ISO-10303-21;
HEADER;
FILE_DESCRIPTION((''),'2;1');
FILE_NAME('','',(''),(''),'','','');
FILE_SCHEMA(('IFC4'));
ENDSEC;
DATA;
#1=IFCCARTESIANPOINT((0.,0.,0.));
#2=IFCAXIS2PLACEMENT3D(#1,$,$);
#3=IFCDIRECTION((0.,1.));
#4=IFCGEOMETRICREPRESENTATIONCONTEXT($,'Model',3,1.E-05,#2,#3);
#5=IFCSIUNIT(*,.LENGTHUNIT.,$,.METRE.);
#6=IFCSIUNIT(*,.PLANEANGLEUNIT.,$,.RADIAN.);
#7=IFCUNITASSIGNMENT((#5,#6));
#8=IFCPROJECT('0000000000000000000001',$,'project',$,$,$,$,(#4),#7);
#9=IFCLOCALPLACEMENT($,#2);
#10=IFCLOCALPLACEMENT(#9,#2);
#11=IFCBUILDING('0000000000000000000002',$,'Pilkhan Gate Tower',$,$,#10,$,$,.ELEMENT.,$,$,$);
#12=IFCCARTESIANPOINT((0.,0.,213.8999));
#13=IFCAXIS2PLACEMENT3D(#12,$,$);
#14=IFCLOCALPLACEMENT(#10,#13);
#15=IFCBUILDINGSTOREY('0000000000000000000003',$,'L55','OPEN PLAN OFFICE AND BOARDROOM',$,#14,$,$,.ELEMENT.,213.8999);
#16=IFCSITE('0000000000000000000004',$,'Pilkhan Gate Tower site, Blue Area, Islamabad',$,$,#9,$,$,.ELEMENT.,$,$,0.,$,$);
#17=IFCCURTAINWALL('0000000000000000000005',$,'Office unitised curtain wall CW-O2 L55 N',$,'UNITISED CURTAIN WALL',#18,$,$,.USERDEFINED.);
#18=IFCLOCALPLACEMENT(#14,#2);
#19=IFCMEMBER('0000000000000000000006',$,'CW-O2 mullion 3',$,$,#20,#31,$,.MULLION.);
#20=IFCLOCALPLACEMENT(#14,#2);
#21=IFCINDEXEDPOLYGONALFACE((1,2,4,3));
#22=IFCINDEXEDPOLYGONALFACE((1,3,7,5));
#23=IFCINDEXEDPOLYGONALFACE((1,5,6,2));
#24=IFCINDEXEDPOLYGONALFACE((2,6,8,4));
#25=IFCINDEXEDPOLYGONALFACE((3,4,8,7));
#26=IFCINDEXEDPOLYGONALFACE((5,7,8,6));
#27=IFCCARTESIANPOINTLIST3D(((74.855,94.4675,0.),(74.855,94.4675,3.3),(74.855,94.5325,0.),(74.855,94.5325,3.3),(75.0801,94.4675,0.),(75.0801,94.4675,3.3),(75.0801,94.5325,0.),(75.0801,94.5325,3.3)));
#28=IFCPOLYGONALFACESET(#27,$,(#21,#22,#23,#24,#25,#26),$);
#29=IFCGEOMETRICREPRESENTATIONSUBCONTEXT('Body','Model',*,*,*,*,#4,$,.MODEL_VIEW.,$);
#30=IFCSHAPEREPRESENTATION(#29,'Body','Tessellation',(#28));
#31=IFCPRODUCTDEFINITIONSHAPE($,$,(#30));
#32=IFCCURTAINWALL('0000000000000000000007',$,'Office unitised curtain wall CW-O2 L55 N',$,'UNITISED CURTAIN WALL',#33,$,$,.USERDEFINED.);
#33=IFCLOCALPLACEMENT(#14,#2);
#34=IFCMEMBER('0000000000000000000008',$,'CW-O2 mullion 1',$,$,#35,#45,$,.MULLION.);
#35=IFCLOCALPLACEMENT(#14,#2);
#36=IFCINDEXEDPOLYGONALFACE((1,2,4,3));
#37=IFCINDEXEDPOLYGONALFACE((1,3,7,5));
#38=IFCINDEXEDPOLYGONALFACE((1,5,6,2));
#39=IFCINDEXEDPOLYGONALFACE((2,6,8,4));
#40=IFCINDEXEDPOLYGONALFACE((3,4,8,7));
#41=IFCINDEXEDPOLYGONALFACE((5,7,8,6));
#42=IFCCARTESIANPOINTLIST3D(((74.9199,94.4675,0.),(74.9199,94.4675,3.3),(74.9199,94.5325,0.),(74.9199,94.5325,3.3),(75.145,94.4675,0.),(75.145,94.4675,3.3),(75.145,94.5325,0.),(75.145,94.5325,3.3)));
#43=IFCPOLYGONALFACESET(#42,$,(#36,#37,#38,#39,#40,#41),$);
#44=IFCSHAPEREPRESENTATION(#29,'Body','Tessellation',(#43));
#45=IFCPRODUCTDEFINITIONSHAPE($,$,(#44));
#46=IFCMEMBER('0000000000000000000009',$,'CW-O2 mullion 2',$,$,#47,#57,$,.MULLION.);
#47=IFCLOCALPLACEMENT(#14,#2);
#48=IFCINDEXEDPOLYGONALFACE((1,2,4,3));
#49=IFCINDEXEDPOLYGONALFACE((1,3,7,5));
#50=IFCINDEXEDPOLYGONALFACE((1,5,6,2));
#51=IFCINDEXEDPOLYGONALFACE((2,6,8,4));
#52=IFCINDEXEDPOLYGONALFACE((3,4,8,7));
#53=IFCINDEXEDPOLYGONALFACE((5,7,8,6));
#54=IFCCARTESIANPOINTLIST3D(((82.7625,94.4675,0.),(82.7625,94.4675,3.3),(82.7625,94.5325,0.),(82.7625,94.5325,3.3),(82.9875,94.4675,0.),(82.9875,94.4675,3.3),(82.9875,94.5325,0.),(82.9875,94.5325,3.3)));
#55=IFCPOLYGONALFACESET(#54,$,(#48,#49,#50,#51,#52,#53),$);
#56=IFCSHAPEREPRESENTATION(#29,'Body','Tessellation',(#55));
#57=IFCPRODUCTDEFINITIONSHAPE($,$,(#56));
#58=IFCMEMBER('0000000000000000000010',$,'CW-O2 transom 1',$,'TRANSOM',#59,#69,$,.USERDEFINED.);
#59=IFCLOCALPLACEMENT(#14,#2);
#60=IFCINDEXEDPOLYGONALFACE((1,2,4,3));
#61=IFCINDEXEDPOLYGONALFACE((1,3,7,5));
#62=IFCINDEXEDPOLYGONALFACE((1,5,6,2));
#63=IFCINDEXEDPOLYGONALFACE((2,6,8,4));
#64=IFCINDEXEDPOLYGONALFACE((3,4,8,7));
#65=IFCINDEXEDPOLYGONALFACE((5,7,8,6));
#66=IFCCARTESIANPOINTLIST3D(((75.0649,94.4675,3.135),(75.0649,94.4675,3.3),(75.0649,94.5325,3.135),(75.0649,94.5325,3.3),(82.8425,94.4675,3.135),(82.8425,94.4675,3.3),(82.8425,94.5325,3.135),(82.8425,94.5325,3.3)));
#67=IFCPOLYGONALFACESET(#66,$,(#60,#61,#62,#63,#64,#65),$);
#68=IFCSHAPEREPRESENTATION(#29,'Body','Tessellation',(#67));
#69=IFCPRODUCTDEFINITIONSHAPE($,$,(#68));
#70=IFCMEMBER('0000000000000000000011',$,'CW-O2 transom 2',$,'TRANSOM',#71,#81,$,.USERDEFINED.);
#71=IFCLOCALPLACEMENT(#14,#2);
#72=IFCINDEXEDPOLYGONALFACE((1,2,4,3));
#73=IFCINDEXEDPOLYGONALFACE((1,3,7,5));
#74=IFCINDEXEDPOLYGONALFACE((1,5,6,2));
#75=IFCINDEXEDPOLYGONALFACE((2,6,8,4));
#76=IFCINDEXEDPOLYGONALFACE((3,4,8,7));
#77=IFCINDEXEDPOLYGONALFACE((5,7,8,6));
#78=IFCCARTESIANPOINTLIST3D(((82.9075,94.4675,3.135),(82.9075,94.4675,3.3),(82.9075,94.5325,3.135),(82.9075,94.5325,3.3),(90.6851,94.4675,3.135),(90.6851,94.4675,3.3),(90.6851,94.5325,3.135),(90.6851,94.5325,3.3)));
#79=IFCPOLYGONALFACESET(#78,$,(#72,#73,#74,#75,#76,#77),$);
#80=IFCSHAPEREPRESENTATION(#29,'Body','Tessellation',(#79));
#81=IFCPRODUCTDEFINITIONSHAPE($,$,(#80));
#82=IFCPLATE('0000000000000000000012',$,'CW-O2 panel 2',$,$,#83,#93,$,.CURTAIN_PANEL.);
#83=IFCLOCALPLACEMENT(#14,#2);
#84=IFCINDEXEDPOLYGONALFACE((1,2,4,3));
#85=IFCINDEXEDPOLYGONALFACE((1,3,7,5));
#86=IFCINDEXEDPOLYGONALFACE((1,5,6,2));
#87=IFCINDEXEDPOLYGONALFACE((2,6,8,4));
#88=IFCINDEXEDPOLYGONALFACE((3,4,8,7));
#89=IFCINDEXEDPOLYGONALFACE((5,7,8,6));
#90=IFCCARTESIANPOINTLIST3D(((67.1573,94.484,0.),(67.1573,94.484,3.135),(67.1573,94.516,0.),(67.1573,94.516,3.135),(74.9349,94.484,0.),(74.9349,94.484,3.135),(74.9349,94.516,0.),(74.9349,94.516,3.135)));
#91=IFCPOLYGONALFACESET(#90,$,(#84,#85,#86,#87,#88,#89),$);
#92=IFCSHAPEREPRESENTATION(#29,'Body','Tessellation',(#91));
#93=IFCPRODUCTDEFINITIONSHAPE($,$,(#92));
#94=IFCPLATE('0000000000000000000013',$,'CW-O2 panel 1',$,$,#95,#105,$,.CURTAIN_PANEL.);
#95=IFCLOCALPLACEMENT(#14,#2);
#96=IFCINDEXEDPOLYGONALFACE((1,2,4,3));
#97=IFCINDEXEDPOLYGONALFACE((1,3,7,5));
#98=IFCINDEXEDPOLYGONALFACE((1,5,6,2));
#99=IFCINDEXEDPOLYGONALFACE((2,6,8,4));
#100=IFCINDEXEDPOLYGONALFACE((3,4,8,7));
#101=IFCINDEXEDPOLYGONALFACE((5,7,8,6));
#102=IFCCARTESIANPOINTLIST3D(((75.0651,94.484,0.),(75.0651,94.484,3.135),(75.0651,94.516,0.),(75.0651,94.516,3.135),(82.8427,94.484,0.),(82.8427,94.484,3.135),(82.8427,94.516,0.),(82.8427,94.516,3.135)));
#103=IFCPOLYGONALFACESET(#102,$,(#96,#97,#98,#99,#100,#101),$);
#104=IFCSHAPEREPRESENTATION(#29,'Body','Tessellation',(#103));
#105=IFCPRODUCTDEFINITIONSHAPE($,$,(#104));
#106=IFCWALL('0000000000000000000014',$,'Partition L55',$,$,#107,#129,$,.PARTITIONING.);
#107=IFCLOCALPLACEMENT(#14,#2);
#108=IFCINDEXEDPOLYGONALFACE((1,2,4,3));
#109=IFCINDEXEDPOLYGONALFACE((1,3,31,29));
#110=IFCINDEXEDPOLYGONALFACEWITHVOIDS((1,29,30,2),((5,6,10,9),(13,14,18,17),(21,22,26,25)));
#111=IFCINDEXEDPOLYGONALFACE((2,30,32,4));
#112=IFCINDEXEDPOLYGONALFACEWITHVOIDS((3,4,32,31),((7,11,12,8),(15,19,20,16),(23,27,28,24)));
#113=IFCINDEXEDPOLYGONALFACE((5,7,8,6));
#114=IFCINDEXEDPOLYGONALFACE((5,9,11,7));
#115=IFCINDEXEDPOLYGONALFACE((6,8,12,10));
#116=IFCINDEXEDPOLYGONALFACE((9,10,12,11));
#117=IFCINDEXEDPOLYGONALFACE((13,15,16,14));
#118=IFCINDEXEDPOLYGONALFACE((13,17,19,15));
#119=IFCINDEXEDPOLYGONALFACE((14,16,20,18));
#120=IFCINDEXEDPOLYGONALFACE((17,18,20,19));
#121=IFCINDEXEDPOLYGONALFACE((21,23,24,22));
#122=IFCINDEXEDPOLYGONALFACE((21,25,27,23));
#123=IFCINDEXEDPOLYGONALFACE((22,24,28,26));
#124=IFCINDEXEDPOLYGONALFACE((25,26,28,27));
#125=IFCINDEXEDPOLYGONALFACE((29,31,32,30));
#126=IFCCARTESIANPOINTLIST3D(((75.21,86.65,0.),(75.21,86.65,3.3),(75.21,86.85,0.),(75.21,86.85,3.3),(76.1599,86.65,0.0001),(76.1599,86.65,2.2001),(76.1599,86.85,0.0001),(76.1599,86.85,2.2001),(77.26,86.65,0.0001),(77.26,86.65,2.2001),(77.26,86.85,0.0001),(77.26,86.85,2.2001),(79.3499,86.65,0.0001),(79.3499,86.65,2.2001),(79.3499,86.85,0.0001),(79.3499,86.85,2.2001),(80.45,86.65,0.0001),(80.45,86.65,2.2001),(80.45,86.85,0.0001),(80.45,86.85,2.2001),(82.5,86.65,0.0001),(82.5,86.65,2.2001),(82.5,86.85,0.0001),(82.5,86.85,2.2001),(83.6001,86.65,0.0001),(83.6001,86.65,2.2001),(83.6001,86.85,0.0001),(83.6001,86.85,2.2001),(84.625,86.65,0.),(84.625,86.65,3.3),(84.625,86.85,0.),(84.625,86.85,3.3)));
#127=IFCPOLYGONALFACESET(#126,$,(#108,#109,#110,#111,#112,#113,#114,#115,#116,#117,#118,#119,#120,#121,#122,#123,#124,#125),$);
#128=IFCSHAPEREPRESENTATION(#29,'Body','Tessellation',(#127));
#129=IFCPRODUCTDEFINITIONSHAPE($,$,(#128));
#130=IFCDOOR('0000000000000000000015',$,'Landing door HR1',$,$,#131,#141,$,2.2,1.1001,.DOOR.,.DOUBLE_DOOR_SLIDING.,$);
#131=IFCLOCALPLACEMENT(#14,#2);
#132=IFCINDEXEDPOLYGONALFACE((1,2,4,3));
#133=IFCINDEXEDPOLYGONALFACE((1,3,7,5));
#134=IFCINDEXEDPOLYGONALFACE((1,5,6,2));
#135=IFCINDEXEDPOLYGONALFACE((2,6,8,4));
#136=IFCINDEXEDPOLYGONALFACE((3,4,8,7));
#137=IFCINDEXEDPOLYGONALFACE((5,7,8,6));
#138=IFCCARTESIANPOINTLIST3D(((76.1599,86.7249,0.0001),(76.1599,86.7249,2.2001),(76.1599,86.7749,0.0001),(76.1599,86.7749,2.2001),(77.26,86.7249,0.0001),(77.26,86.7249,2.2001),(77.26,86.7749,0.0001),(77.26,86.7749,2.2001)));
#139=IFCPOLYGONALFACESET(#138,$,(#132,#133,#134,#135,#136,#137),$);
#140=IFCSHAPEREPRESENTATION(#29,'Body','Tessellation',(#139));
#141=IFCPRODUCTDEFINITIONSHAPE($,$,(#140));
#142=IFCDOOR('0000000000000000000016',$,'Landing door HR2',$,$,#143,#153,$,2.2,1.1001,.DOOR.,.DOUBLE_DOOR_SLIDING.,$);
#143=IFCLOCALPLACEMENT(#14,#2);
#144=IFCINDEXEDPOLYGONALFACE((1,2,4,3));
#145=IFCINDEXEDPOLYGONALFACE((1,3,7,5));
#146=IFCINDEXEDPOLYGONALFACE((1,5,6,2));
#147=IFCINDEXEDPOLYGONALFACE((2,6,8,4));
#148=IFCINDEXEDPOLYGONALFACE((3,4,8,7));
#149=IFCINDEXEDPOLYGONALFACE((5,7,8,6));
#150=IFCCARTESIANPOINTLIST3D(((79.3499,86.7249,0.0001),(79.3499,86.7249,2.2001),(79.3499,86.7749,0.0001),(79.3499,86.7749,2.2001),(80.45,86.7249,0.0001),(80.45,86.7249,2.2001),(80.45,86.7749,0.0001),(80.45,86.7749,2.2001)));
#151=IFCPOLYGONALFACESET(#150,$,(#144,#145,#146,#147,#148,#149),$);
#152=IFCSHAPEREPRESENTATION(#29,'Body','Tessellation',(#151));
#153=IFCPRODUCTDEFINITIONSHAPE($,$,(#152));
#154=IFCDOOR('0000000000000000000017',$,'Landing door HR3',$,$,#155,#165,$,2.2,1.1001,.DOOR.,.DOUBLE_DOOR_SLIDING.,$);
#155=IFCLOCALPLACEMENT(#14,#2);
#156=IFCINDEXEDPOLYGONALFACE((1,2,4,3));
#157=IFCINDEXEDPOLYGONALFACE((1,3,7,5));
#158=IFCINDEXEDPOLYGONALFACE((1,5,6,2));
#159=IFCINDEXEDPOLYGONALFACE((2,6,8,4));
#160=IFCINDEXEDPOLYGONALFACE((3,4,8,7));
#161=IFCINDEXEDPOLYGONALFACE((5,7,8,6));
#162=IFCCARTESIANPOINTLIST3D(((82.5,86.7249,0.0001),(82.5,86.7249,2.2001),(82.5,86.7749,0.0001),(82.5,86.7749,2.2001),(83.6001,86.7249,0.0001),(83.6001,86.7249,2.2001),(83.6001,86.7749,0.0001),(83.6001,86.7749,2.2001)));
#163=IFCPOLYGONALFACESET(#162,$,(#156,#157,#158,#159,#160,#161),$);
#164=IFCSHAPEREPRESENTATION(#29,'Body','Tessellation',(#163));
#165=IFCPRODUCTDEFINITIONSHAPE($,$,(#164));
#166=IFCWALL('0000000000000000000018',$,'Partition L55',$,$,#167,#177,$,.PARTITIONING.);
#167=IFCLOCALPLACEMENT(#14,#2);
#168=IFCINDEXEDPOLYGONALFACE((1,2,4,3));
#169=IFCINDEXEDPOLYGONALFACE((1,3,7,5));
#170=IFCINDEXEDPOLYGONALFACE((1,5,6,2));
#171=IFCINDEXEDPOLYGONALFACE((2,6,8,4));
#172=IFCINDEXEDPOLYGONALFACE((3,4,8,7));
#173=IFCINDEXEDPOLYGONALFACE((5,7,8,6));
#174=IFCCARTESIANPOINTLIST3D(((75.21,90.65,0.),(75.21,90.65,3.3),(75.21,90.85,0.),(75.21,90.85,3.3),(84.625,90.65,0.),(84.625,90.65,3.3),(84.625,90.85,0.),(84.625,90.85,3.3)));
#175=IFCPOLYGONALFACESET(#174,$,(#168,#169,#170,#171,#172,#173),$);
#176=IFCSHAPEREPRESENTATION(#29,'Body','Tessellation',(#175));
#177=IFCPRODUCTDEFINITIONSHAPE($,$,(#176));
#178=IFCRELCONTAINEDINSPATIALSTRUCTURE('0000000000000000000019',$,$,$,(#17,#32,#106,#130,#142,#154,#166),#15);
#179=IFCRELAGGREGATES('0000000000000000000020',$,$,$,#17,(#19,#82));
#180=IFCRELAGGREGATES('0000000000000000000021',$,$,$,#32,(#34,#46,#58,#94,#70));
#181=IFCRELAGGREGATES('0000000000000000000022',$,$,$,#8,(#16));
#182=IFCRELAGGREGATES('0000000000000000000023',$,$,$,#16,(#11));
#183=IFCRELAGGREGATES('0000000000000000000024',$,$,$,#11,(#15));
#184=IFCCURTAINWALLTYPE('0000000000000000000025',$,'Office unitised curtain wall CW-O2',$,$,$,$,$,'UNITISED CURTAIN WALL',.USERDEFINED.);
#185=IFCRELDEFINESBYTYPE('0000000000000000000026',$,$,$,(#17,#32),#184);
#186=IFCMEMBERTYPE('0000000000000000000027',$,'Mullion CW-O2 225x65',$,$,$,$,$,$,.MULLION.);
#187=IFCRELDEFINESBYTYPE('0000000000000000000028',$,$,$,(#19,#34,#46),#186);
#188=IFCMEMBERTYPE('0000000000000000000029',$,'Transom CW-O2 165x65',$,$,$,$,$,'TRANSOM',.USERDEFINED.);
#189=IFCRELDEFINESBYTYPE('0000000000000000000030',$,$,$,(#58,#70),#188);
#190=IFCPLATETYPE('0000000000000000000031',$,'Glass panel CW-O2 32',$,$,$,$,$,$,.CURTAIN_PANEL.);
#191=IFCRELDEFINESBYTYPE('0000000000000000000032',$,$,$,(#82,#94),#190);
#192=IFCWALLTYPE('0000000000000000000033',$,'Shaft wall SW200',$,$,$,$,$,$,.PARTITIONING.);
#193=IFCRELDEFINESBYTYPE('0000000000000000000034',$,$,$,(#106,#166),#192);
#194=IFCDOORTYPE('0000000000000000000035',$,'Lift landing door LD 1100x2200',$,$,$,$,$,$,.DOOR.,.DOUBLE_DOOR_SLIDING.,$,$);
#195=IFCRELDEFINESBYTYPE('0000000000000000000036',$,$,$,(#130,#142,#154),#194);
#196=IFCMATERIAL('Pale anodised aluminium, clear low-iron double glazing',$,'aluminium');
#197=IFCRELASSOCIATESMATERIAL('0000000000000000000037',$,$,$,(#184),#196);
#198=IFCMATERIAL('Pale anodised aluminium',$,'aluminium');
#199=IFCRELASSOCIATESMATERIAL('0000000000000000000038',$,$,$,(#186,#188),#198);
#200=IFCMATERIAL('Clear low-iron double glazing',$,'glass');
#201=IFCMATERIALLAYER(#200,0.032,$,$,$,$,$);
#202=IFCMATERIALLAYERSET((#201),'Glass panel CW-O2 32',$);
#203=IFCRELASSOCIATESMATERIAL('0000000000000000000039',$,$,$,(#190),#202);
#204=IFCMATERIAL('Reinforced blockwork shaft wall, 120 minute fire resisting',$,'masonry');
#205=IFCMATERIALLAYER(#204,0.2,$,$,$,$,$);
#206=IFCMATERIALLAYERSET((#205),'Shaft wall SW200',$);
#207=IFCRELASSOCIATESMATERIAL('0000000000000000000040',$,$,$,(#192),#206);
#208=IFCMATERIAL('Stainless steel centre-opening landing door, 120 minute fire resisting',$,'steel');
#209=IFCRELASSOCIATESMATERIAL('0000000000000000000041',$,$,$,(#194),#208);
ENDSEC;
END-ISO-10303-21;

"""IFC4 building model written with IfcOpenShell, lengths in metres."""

from ifc_helpers import new_model, si_unit, direction, frame, frame_2d, origin, origin_2d, place, context, subcontext, project, spatial, rectangle, extrude, material, layer, layer_set, material_profile, profile_set, type_object, element, fill, aggregate, save


model = new_model("IFC4")

# Units and contexts
model_context = context("Model", 3, precision=1e-05, world=origin(), true_north=direction((0.0, 1.0)))
body_context = subcontext(model_context, "Body", "Model", "MODEL_VIEW")
ifc_project = project(units=[si_unit("LENGTHUNIT", "METRE"), si_unit("PLANEANGLEUNIT", "RADIAN")], contexts=[model_context])

# Site, building, storey
site_placement = place(None, origin())
site = spatial("IfcSite", under=ifc_project, at=site_placement, Name="Pilkhan Gate Tower site, Blue Area, Islamabad", CompositionType="ELEMENT", RefElevation=0.0)
building_placement = place(site_placement, origin())
building = spatial("IfcBuilding", under=site, at=building_placement, Name="Pilkhan Gate Tower", CompositionType="ELEMENT")
storey_placement = place(building_placement, frame((0.0, 0.0, 213.8999)))
storey = spatial("IfcBuildingStorey", under=building, at=storey_placement, Name="L55", Description="OPEN PLAN OFFICE AND BOARDROOM", CompositionType="ELEMENT", Elevation=213.8999)

# Curtain wall, member
ifc_material_1 = material(Name="Pale anodised aluminium, clear low-iron double glazing", Category="aluminium")
curtain_wall_type = type_object("IfcCurtainWallType", Name="Office unitised curtain wall CW-O2", ElementType="UNITISED CURTAIN WALL", PredefinedType="USERDEFINED", material=ifc_material_1)
curtain_wall_1_placement = place(storey_placement, origin())
curtain_wall_1 = element("IfcCurtainWall", 1, at=curtain_wall_1_placement, inside=storey, type_object=curtain_wall_type, Name="Office unitised curtain wall CW-O2 L55 N", ObjectType="UNITISED CURTAIN WALL", PredefinedType="USERDEFINED")
ifc_material_2 = material(Name="Pale anodised aluminium", Category="aluminium")
ifc_material_profile_1 = material_profile(ifc_material_2, rectangle(XDim=0.0649, YDim=0.2251, at=origin_2d()), Name="Mullion 225x65")
ifc_profile_set_1 = profile_set([ifc_material_profile_1], Name="Pale anodised aluminium")
member_type_1 = type_object("IfcMemberType", Name="Mullion CW-O2 225x65", PredefinedType="MULLION", material=ifc_profile_set_1)
member_1_placement = place(storey_placement, frame((74.9675, 94.5, 0.0), z_axis=(0.0, 0.0, 1.0), x_axis=(0.0, 1.0, 0.0)))
member_1 = element("IfcMember", 2, at=member_1_placement, type_object=member_type_1, Name="CW-O2 mullion 3", PredefinedType="MULLION", context=body_context, shape_type="SweptSolid", body=[
    extrude(rectangle(XDim=0.0649, YDim=0.2251, at=origin_2d()), origin(), (0.0, 0.0, 1.0), 3.3),
])

# Curtain wall, members
curtain_wall_2_placement = place(storey_placement, origin())
curtain_wall_2 = element("IfcCurtainWall", 3, at=curtain_wall_2_placement, inside=storey, type_object=curtain_wall_type, Name="Office unitised curtain wall CW-O2 L55 N", ObjectType="UNITISED CURTAIN WALL", PredefinedType="USERDEFINED")
member_2_placement = place(storey_placement, frame((75.0325, 94.5, 0.0), z_axis=(0.0, 0.0, 1.0), x_axis=(0.0, 1.0, 0.0)))
member_2 = element("IfcMember", 4, at=member_2_placement, type_object=member_type_1, Name="CW-O2 mullion 1", PredefinedType="MULLION", context=body_context, shape_type="SweptSolid", body=[
    extrude(rectangle(XDim=0.0649, YDim=0.2251, at=origin_2d()), origin(), (0.0, 0.0, 1.0), 3.3),
])
member_3_placement = place(storey_placement, frame((82.875, 94.5, 0.0), z_axis=(0.0, 0.0, 1.0), x_axis=(0.0, 1.0, 0.0)))
member_3 = element("IfcMember", 5, at=member_3_placement, type_object=member_type_1, Name="CW-O2 mullion 2", PredefinedType="MULLION", context=body_context, shape_type="SweptSolid", body=[
    extrude(rectangle(XDim=0.0649, YDim=0.2251, at=origin_2d()), origin(), (0.0, 0.0, 1.0), 3.3),
])
ifc_material_profile_2 = material_profile(ifc_material_2, rectangle(XDim=0.0649, YDim=0.165, at=origin_2d()), Name="Transom 165x65")
ifc_profile_set_2 = profile_set([ifc_material_profile_2], Name="Pale anodised aluminium")
member_type_2 = type_object("IfcMemberType", Name="Transom CW-O2 165x65", ElementType="TRANSOM", PredefinedType="USERDEFINED", material=ifc_profile_set_2)
member_4_placement = place(storey_placement, frame((75.0649, 94.5, 3.2175), z_axis=(1.0, 0.0, 0.0), x_axis=(0.0, 1.0, 0.0)))
member_4 = element("IfcMember", 6, at=member_4_placement, type_object=member_type_2, Name="CW-O2 transom 1", ObjectType="TRANSOM", PredefinedType="USERDEFINED", context=body_context, shape_type="SweptSolid", body=[
    extrude(rectangle(XDim=0.0649, YDim=0.165, at=origin_2d()), origin(), (0.0, 0.0, 1.0), 7.7776),
])
member_5_placement = place(storey_placement, frame((82.9075, 94.5, 3.2175), z_axis=(1.0, 0.0, 0.0), x_axis=(0.0, 1.0, 0.0)))
member_5 = element("IfcMember", 7, at=member_5_placement, type_object=member_type_2, Name="CW-O2 transom 2", ObjectType="TRANSOM", PredefinedType="USERDEFINED", context=body_context, shape_type="SweptSolid", body=[
    extrude(rectangle(XDim=0.0649, YDim=0.165, at=origin_2d()), origin(), (0.0, 0.0, 1.0), 7.7776),
])

# Plates
ifc_material_3 = material(Name="Clear low-iron double glazing", Category="glass")
ifc_layer_1 = layer(ifc_material_3, 0.032)
ifc_layer_set_1 = layer_set([ifc_layer_1], Name="Glass panel CW-O2 32")
plate_type = type_object("IfcPlateType", Name="Glass panel CW-O2 32", PredefinedType="CURTAIN_PANEL", material=ifc_layer_set_1)
plate_1_placement = place(storey_placement, frame((71.0461, 94.5, 0.0), z_axis=(0.0, 0.0, 1.0), x_axis=(1.0, 0.0, 0.0)))
plate_1 = element("IfcPlate", 8, at=plate_1_placement, type_object=plate_type, Name="CW-O2 panel 2", PredefinedType="CURTAIN_PANEL", context=body_context, shape_type="SweptSolid", body=[
    extrude(rectangle(XDim=7.7776, YDim=0.032, at=origin_2d()), origin(), (0.0, 0.0, 1.0), 3.135),
])
aggregate(curtain_wall_1, [member_1, plate_1])
plate_2_placement = place(storey_placement, frame((78.9539, 94.5, 0.0), z_axis=(0.0, 0.0, 1.0), x_axis=(1.0, 0.0, 0.0)))
plate_2 = element("IfcPlate", 9, at=plate_2_placement, type_object=plate_type, Name="CW-O2 panel 1", PredefinedType="CURTAIN_PANEL", context=body_context, shape_type="SweptSolid", body=[
    extrude(rectangle(XDim=7.7776, YDim=0.032, at=origin_2d()), origin(), (0.0, 0.0, 1.0), 3.135),
])
aggregate(curtain_wall_2, [member_2, member_3, member_4, plate_2, member_5])

# Wall, openings, doors
ifc_material_4 = material(Name="Reinforced blockwork shaft wall, 120 minute fire resisting", Category="masonry")
ifc_layer_2 = layer(ifc_material_4, 0.2)
ifc_layer_set_2 = layer_set([ifc_layer_2], Name="Shaft wall SW200")
wall_type_1 = type_object("IfcWallType", Name="Shaft wall SW200", PredefinedType="PARTITIONING", material=ifc_layer_set_2)
wall_1_placement = place(storey_placement, frame((75.21, 86.75, 0.0), z_axis=(0.0, 0.0, 1.0), x_axis=(1.0, 0.0, 0.0)))
wall_1 = element("IfcWall", 10, at=wall_1_placement, inside=storey, type_object=wall_type_1, Name="Partition L55", PredefinedType="PARTITIONING", context=body_context, shape_type="SweptSolid", body=[
    extrude(rectangle(XDim=9.415, YDim=0.2, at=frame_2d((4.7075, 0.0))), origin(), (0.0, 0.0, 1.0), 3.3),
])
opening_1_placement = place(wall_1_placement, frame((0.95, 0.0, 0.0)))
opening_1 = element("IfcOpeningElement", 11, at=opening_1_placement, cuts=wall_1, PredefinedType="OPENING", context=body_context, shape_type="SweptSolid", body=[
    extrude(rectangle(XDim=1.1001, YDim=2.2, at=frame_2d((0.55, 1.1001))), frame((0.0, 0.1099, 0.0), z_axis=(0.0, -1.0, 0.0), x_axis=(1.0, 0.0, 0.0)), (0.0, 0.0, 1.0), 0.22),
])
opening_2_placement = place(wall_1_placement, frame((4.1399, 0.0, 0.0)))
opening_2 = element("IfcOpeningElement", 12, at=opening_2_placement, cuts=wall_1, PredefinedType="OPENING", context=body_context, shape_type="SweptSolid", body=[
    extrude(rectangle(XDim=1.1001, YDim=2.2, at=frame_2d((0.55, 1.1001))), frame((0.0, 0.1099, 0.0), z_axis=(0.0, -1.0, 0.0), x_axis=(1.0, 0.0, 0.0)), (0.0, 0.0, 1.0), 0.22),
])
opening_3_placement = place(wall_1_placement, frame((7.29, 0.0, 0.0)))
opening_3 = element("IfcOpeningElement", 13, at=opening_3_placement, cuts=wall_1, PredefinedType="OPENING", context=body_context, shape_type="SweptSolid", body=[
    extrude(rectangle(XDim=1.1001, YDim=2.2, at=frame_2d((0.55, 1.1001))), frame((0.0, 0.1099, 0.0), z_axis=(0.0, -1.0, 0.0), x_axis=(1.0, 0.0, 0.0)), (0.0, 0.0, 1.0), 0.22),
])
ifc_material_5 = material(Name="Stainless steel centre-opening landing door, 120 minute fire resisting", Category="steel")
door_type = type_object("IfcDoorType", Name="Lift landing door LD 1100x2200", OperationType="DOUBLE_DOOR_SLIDING", PredefinedType="DOOR", material=ifc_material_5)
door_1_placement = place(opening_1_placement, origin())
door_1 = element("IfcDoor", 14, at=door_1_placement, inside=storey, type_object=door_type, Name="Landing door HR1", OperationType="DOUBLE_DOOR_SLIDING", OverallHeight=2.2, OverallWidth=1.1001, PredefinedType="DOOR", context=body_context, shape_type="SweptSolid", body=[
    extrude(rectangle(XDim=1.1001, YDim=2.2, at=frame_2d((0.55, 1.1001))), frame((0.0, 0.0249, 0.0), z_axis=(0.0, -1.0, 0.0), x_axis=(1.0, 0.0, 0.0)), (0.0, 0.0, 1.0), 0.05),
])
fill(opening_1, door_1)
door_2_placement = place(opening_2_placement, origin())
door_2 = element("IfcDoor", 15, at=door_2_placement, inside=storey, type_object=door_type, Name="Landing door HR2", OperationType="DOUBLE_DOOR_SLIDING", OverallHeight=2.2, OverallWidth=1.1001, PredefinedType="DOOR", context=body_context, shape_type="SweptSolid", body=[
    extrude(rectangle(XDim=1.1001, YDim=2.2, at=frame_2d((0.55, 1.1001))), frame((0.0, 0.0249, 0.0), z_axis=(0.0, -1.0, 0.0), x_axis=(1.0, 0.0, 0.0)), (0.0, 0.0, 1.0), 0.05),
])
fill(opening_2, door_2)
door_3_placement = place(opening_3_placement, origin())
door_3 = element("IfcDoor", 16, at=door_3_placement, inside=storey, type_object=door_type, Name="Landing door HR3", OperationType="DOUBLE_DOOR_SLIDING", OverallHeight=2.2, OverallWidth=1.1001, PredefinedType="DOOR", context=body_context, shape_type="SweptSolid", body=[
    extrude(rectangle(XDim=1.1001, YDim=2.2, at=frame_2d((0.55, 1.1001))), frame((0.0, 0.0249, 0.0), z_axis=(0.0, -1.0, 0.0), x_axis=(1.0, 0.0, 0.0)), (0.0, 0.0, 1.0), 0.05),
])
fill(opening_3, door_3)

# Wall
wall_2_placement = place(storey_placement, frame((75.21, 90.75, 0.0), z_axis=(0.0, 0.0, 1.0), x_axis=(1.0, 0.0, 0.0)))
element("IfcWall", 17, at=wall_2_placement, inside=storey, type_object=wall_type_1, Name="Partition L55", PredefinedType="PARTITIONING", context=body_context, shape_type="SweptSolid", body=[
    extrude(rectangle(XDim=9.415, YDim=0.2, at=frame_2d((4.7075, 0.0))), origin(), (0.0, 0.0, 1.0), 3.3),
])

save(model, "model.ifc")
